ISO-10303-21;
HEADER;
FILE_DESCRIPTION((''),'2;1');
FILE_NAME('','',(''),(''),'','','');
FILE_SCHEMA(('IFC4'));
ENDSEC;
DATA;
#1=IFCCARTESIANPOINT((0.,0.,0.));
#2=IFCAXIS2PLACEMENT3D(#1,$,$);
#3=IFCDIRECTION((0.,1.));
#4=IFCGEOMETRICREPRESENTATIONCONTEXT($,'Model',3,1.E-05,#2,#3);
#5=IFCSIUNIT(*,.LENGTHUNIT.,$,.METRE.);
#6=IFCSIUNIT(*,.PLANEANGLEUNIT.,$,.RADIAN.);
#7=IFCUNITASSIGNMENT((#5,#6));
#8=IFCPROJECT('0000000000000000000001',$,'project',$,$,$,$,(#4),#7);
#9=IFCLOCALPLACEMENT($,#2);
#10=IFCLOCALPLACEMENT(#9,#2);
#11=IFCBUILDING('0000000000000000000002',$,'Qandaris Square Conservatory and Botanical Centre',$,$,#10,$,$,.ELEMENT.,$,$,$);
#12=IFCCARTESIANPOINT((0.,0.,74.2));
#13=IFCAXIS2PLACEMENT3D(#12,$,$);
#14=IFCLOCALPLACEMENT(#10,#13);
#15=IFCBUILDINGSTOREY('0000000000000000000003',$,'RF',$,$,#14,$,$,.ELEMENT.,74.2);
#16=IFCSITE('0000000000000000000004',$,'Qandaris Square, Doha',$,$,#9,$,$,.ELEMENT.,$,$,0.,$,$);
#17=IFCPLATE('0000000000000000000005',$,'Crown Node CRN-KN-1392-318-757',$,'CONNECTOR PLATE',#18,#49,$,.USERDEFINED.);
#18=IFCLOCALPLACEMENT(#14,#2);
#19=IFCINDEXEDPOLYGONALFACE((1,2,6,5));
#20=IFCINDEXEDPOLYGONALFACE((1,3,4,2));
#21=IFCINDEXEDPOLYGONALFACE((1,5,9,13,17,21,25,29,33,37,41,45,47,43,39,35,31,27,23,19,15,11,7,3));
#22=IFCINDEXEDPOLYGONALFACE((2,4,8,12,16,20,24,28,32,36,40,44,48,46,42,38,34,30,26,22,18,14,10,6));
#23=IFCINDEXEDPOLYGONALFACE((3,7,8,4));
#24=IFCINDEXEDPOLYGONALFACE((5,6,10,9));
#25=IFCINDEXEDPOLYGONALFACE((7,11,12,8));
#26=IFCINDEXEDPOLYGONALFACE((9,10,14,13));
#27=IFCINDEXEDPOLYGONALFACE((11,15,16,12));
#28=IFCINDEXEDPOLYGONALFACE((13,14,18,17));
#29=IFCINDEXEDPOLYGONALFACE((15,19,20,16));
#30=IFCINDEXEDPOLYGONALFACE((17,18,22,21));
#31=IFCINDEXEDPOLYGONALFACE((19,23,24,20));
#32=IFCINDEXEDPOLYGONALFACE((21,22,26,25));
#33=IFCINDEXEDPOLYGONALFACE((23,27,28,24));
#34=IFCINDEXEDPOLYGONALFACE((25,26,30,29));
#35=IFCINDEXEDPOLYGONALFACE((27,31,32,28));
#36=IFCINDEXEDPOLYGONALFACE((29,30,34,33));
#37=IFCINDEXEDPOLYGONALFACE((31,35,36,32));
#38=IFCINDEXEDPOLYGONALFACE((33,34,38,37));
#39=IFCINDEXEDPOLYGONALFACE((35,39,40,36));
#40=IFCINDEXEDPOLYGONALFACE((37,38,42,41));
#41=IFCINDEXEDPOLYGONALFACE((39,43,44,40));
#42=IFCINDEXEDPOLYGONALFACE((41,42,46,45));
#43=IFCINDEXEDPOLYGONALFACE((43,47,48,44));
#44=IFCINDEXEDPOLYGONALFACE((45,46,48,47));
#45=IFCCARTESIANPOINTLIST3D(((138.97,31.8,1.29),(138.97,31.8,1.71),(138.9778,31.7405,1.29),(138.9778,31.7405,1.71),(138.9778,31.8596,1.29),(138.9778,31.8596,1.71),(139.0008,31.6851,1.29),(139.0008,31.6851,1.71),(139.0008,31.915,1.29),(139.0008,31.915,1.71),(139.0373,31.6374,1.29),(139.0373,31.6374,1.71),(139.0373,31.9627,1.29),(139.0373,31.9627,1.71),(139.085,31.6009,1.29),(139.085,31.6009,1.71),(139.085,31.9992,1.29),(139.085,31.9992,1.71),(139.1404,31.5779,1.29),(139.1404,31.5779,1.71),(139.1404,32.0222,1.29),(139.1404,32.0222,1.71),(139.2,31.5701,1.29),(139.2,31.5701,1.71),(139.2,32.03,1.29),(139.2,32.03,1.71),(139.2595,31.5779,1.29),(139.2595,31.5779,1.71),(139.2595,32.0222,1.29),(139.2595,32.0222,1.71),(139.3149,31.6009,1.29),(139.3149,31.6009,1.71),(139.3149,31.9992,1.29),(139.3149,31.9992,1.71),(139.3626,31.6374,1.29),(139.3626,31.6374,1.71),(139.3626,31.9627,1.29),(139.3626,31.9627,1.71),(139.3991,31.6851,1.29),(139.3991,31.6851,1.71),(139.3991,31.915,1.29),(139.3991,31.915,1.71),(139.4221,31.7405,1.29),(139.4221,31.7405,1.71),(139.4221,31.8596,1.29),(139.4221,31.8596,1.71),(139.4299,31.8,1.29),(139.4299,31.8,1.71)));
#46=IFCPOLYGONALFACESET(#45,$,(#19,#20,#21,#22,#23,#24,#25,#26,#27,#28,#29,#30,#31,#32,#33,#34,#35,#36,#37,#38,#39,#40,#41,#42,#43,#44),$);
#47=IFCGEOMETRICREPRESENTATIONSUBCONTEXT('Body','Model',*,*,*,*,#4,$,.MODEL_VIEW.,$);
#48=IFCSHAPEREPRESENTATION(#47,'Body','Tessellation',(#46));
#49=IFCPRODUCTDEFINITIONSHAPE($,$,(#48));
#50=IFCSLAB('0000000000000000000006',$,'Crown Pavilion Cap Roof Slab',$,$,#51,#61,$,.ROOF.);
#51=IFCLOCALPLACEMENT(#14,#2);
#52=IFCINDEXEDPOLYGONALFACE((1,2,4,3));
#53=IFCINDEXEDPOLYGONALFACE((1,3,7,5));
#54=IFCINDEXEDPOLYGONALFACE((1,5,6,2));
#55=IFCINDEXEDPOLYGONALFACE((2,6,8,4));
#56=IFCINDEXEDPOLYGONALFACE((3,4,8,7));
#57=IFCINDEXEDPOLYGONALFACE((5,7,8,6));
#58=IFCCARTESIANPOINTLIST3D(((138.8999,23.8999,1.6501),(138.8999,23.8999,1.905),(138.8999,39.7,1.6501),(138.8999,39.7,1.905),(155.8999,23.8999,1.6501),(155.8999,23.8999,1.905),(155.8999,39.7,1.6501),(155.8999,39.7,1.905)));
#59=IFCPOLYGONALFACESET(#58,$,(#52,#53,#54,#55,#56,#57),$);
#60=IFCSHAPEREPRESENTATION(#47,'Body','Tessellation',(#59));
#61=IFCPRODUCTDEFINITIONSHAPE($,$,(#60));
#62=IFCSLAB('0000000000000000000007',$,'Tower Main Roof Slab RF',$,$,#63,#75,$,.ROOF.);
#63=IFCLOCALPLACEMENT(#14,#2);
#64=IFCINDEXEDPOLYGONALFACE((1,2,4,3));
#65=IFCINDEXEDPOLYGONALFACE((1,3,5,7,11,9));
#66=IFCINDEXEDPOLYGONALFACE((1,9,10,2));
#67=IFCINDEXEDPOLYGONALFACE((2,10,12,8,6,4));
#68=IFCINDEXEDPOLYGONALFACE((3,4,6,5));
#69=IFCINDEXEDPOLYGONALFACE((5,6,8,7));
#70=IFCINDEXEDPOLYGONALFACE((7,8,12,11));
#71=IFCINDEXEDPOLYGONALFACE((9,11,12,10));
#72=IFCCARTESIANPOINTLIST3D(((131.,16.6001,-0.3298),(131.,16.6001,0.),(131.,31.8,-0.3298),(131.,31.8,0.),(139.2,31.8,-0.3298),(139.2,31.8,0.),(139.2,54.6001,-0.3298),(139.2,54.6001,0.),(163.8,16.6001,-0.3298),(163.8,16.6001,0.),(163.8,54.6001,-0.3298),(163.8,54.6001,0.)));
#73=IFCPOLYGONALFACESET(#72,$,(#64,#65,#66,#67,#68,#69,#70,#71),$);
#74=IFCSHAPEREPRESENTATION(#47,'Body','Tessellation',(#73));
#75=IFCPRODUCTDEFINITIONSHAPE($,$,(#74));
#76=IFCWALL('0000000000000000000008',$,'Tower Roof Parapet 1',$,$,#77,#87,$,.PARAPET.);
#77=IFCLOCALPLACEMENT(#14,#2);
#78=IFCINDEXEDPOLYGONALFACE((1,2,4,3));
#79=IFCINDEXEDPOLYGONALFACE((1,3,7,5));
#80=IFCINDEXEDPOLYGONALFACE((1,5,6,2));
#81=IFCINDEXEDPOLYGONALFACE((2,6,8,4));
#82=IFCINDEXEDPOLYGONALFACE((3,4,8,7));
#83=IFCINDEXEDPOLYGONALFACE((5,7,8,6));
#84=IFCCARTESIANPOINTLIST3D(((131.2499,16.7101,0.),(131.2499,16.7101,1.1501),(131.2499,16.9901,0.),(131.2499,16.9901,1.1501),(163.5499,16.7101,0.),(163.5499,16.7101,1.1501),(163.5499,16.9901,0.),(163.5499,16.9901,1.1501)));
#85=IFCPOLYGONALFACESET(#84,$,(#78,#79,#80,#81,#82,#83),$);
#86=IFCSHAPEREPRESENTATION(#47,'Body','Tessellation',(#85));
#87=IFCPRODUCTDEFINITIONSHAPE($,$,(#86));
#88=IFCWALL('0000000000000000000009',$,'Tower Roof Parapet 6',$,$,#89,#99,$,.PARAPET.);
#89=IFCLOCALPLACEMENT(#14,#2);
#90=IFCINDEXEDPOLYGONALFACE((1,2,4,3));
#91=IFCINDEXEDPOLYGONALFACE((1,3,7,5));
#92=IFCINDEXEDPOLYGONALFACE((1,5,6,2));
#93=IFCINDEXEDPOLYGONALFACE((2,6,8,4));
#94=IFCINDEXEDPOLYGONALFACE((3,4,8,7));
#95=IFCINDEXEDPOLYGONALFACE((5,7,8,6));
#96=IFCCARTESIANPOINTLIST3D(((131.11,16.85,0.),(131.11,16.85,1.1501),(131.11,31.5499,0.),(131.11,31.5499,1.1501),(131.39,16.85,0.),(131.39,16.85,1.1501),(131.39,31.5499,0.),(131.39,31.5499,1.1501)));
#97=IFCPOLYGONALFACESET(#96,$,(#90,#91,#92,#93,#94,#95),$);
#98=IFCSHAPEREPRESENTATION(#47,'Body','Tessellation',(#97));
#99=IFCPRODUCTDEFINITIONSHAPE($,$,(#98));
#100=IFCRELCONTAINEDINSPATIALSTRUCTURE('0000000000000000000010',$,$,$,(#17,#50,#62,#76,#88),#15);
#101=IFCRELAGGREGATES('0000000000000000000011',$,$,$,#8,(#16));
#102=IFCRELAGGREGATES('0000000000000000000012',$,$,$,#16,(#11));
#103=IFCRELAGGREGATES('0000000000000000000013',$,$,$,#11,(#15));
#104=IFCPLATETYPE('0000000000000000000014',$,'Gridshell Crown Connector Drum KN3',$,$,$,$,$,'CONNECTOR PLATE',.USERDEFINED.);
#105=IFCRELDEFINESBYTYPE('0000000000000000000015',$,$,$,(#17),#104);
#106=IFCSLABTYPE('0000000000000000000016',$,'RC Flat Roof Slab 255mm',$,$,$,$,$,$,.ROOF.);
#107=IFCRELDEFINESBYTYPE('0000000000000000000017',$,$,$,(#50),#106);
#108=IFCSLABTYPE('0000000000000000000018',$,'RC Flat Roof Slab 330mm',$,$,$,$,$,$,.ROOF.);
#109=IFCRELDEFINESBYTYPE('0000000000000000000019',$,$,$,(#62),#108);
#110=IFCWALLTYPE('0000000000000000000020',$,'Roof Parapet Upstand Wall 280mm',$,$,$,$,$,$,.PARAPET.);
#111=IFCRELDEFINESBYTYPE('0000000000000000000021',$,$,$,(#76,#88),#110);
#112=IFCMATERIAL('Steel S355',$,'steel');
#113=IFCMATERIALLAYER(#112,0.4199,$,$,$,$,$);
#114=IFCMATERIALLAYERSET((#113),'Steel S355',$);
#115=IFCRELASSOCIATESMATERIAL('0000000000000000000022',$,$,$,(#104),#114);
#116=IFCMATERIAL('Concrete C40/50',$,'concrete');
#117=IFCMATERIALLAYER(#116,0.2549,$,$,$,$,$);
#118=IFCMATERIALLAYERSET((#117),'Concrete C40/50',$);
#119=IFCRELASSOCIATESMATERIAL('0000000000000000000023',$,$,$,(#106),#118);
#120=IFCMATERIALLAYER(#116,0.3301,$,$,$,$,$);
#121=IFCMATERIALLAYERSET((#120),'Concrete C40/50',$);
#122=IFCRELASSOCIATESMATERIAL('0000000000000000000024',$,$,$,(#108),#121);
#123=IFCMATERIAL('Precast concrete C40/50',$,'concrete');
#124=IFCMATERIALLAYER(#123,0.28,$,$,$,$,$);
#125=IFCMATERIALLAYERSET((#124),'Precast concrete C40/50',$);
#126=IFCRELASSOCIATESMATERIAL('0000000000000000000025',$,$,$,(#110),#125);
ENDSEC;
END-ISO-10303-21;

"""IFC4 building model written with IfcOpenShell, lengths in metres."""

from ifc_helpers import new_model, si_unit, direction, frame, frame_2d, origin, origin_2d, place, context, subcontext, project, spatial, polyline, rectangle, circle, outline, extrude, material, layer, layer_set, type_object, element, save


model = new_model("IFC4")

# Units and contexts
model_context = context("Model", 3, precision=1e-05, world=origin(), true_north=direction((0.0, 1.0)))
body_context = subcontext(model_context, "Body", "Model", "MODEL_VIEW")
ifc_project = project(units=[si_unit("LENGTHUNIT", "METRE"), si_unit("PLANEANGLEUNIT", "RADIAN")], contexts=[model_context])

# Site, building, storey
site_placement = place(None, origin())
site = spatial("IfcSite", under=ifc_project, at=site_placement, Name="Qandaris Square, Doha", CompositionType="ELEMENT", RefElevation=0.0)
building_placement = place(site_placement, origin())
building = spatial("IfcBuilding", under=site, at=building_placement, Name="Qandaris Square Conservatory and Botanical Centre", CompositionType="ELEMENT")
storey_placement = place(building_placement, frame((0.0, 0.0, 74.2)))
storey = spatial("IfcBuildingStorey", under=building, at=storey_placement, Name="RF", CompositionType="ELEMENT", Elevation=74.2)

# Shared definitions
ifc_material_1 = material(Name="Concrete C40/50", Category="concrete")

# Shared definitions
ifc_material_2 = material(Name="Steel S355", Category="steel")

# Plate
ifc_layer_1 = layer(ifc_material_2, 0.4199)
ifc_layer_set_1 = layer_set([ifc_layer_1], Name="Steel S355")
plate_type = type_object("IfcPlateType", Name="Gridshell Crown Connector Drum KN3", ElementType="CONNECTOR PLATE", PredefinedType="USERDEFINED", material=ifc_layer_set_1)
for number, where, z_axis, x_axis, name in (
    (1, (139.2, 31.8, 1.29), (0.0, 0.0, 1.0), (1.0, 0.0, 0.0), "Crown Node CRN-KN-1392-318-757"),
):
    element("IfcPlate", number, at=place(storey_placement, frame(where, z_axis=z_axis, x_axis=x_axis)), inside=storey, type_object=plate_type, Name=name, ObjectType="CONNECTOR PLATE", PredefinedType="USERDEFINED", context=body_context, shape_type="SweptSolid", body=[
        extrude(circle(Radius=0.23, at=origin_2d()), origin(), (0.0, 0.0, 1.0), 0.4199),
    ])

# Slabs
ifc_layer_2 = layer(ifc_material_1, 0.2549)
ifc_layer_set_2 = layer_set([ifc_layer_2], Name="Concrete C40/50")
slab_type_1 = type_object("IfcSlabType", Name="RC Flat Roof Slab 255mm", PredefinedType="ROOF", material=ifc_layer_set_2)
slab_1_placement = place(storey_placement, frame((0.0, 0.0, 1.6501)))
element("IfcSlab", 2, at=slab_1_placement, inside=storey, type_object=slab_type_1, Name="Crown Pavilion Cap Roof Slab", PredefinedType="ROOF", context=body_context, shape_type="SweptSolid", body=[
    extrude(outline(polyline([(138.8999, 23.8999), (155.8999, 23.8999), (155.8999, 39.7), (138.8999, 39.7), (138.8999, 23.8999)])), origin(), (0.0, 0.0, 1.0), 0.2549),
])
ifc_layer_3 = layer(ifc_material_1, 0.3301)
ifc_layer_set_3 = layer_set([ifc_layer_3], Name="Concrete C40/50")
slab_type_2 = type_object("IfcSlabType", Name="RC Flat Roof Slab 330mm", PredefinedType="ROOF", material=ifc_layer_set_3)
slab_2_placement = place(storey_placement, frame((0.0, 0.0, -0.3298)))
element("IfcSlab", 3, at=slab_2_placement, inside=storey, type_object=slab_type_2, Name="Tower Main Roof Slab RF", PredefinedType="ROOF", context=body_context, shape_type="SweptSolid", body=[
    extrude(outline(polyline([(131.0, 16.6001), (163.8, 16.6001), (163.8, 54.6001), (139.2, 54.6001), (139.2, 31.8), (131.0, 31.8), (131.0, 16.6001)])), origin(), (0.0, 0.0, 1.0), 0.3298),
])

# Walls
ifc_material_3 = material(Name="Precast concrete C40/50", Category="concrete")
ifc_layer_4 = layer(ifc_material_3, 0.28)
ifc_layer_set_4 = layer_set([ifc_layer_4], Name="Precast concrete C40/50")
wall_type = type_object("IfcWallType", Name="Roof Parapet Upstand Wall 280mm", PredefinedType="PARAPET", material=ifc_layer_set_4)
wall_1_placement = place(storey_placement, frame((131.25, 16.8501, 0.0), z_axis=(0.0, 0.0, 1.0), x_axis=(1.0, 0.0, 0.0)))
element("IfcWall", 4, at=wall_1_placement, inside=storey, type_object=wall_type, Name="Tower Roof Parapet 1", PredefinedType="PARAPET", context=body_context, shape_type="SweptSolid", body=[
    extrude(rectangle(XDim=32.3, YDim=0.28, at=frame_2d((16.1499, 0.0))), origin(), (0.0, 0.0, 1.0), 1.1501),
])
wall_2_placement = place(storey_placement, frame((131.25, 31.55, 0.0), z_axis=(0.0, 0.0, 1.0), x_axis=(0.0, -1.0, 0.0)))
element("IfcWall", 5, at=wall_2_placement, inside=storey, type_object=wall_type, Name="Tower Roof Parapet 6", PredefinedType="PARAPET", context=body_context, shape_type="SweptSolid", body=[
    extrude(rectangle(XDim=14.7, YDim=0.28, at=frame_2d((7.3501, 0.0))), origin(), (0.0, 0.0, 1.0), 1.1501),
])

save(model, "model.ifc")
